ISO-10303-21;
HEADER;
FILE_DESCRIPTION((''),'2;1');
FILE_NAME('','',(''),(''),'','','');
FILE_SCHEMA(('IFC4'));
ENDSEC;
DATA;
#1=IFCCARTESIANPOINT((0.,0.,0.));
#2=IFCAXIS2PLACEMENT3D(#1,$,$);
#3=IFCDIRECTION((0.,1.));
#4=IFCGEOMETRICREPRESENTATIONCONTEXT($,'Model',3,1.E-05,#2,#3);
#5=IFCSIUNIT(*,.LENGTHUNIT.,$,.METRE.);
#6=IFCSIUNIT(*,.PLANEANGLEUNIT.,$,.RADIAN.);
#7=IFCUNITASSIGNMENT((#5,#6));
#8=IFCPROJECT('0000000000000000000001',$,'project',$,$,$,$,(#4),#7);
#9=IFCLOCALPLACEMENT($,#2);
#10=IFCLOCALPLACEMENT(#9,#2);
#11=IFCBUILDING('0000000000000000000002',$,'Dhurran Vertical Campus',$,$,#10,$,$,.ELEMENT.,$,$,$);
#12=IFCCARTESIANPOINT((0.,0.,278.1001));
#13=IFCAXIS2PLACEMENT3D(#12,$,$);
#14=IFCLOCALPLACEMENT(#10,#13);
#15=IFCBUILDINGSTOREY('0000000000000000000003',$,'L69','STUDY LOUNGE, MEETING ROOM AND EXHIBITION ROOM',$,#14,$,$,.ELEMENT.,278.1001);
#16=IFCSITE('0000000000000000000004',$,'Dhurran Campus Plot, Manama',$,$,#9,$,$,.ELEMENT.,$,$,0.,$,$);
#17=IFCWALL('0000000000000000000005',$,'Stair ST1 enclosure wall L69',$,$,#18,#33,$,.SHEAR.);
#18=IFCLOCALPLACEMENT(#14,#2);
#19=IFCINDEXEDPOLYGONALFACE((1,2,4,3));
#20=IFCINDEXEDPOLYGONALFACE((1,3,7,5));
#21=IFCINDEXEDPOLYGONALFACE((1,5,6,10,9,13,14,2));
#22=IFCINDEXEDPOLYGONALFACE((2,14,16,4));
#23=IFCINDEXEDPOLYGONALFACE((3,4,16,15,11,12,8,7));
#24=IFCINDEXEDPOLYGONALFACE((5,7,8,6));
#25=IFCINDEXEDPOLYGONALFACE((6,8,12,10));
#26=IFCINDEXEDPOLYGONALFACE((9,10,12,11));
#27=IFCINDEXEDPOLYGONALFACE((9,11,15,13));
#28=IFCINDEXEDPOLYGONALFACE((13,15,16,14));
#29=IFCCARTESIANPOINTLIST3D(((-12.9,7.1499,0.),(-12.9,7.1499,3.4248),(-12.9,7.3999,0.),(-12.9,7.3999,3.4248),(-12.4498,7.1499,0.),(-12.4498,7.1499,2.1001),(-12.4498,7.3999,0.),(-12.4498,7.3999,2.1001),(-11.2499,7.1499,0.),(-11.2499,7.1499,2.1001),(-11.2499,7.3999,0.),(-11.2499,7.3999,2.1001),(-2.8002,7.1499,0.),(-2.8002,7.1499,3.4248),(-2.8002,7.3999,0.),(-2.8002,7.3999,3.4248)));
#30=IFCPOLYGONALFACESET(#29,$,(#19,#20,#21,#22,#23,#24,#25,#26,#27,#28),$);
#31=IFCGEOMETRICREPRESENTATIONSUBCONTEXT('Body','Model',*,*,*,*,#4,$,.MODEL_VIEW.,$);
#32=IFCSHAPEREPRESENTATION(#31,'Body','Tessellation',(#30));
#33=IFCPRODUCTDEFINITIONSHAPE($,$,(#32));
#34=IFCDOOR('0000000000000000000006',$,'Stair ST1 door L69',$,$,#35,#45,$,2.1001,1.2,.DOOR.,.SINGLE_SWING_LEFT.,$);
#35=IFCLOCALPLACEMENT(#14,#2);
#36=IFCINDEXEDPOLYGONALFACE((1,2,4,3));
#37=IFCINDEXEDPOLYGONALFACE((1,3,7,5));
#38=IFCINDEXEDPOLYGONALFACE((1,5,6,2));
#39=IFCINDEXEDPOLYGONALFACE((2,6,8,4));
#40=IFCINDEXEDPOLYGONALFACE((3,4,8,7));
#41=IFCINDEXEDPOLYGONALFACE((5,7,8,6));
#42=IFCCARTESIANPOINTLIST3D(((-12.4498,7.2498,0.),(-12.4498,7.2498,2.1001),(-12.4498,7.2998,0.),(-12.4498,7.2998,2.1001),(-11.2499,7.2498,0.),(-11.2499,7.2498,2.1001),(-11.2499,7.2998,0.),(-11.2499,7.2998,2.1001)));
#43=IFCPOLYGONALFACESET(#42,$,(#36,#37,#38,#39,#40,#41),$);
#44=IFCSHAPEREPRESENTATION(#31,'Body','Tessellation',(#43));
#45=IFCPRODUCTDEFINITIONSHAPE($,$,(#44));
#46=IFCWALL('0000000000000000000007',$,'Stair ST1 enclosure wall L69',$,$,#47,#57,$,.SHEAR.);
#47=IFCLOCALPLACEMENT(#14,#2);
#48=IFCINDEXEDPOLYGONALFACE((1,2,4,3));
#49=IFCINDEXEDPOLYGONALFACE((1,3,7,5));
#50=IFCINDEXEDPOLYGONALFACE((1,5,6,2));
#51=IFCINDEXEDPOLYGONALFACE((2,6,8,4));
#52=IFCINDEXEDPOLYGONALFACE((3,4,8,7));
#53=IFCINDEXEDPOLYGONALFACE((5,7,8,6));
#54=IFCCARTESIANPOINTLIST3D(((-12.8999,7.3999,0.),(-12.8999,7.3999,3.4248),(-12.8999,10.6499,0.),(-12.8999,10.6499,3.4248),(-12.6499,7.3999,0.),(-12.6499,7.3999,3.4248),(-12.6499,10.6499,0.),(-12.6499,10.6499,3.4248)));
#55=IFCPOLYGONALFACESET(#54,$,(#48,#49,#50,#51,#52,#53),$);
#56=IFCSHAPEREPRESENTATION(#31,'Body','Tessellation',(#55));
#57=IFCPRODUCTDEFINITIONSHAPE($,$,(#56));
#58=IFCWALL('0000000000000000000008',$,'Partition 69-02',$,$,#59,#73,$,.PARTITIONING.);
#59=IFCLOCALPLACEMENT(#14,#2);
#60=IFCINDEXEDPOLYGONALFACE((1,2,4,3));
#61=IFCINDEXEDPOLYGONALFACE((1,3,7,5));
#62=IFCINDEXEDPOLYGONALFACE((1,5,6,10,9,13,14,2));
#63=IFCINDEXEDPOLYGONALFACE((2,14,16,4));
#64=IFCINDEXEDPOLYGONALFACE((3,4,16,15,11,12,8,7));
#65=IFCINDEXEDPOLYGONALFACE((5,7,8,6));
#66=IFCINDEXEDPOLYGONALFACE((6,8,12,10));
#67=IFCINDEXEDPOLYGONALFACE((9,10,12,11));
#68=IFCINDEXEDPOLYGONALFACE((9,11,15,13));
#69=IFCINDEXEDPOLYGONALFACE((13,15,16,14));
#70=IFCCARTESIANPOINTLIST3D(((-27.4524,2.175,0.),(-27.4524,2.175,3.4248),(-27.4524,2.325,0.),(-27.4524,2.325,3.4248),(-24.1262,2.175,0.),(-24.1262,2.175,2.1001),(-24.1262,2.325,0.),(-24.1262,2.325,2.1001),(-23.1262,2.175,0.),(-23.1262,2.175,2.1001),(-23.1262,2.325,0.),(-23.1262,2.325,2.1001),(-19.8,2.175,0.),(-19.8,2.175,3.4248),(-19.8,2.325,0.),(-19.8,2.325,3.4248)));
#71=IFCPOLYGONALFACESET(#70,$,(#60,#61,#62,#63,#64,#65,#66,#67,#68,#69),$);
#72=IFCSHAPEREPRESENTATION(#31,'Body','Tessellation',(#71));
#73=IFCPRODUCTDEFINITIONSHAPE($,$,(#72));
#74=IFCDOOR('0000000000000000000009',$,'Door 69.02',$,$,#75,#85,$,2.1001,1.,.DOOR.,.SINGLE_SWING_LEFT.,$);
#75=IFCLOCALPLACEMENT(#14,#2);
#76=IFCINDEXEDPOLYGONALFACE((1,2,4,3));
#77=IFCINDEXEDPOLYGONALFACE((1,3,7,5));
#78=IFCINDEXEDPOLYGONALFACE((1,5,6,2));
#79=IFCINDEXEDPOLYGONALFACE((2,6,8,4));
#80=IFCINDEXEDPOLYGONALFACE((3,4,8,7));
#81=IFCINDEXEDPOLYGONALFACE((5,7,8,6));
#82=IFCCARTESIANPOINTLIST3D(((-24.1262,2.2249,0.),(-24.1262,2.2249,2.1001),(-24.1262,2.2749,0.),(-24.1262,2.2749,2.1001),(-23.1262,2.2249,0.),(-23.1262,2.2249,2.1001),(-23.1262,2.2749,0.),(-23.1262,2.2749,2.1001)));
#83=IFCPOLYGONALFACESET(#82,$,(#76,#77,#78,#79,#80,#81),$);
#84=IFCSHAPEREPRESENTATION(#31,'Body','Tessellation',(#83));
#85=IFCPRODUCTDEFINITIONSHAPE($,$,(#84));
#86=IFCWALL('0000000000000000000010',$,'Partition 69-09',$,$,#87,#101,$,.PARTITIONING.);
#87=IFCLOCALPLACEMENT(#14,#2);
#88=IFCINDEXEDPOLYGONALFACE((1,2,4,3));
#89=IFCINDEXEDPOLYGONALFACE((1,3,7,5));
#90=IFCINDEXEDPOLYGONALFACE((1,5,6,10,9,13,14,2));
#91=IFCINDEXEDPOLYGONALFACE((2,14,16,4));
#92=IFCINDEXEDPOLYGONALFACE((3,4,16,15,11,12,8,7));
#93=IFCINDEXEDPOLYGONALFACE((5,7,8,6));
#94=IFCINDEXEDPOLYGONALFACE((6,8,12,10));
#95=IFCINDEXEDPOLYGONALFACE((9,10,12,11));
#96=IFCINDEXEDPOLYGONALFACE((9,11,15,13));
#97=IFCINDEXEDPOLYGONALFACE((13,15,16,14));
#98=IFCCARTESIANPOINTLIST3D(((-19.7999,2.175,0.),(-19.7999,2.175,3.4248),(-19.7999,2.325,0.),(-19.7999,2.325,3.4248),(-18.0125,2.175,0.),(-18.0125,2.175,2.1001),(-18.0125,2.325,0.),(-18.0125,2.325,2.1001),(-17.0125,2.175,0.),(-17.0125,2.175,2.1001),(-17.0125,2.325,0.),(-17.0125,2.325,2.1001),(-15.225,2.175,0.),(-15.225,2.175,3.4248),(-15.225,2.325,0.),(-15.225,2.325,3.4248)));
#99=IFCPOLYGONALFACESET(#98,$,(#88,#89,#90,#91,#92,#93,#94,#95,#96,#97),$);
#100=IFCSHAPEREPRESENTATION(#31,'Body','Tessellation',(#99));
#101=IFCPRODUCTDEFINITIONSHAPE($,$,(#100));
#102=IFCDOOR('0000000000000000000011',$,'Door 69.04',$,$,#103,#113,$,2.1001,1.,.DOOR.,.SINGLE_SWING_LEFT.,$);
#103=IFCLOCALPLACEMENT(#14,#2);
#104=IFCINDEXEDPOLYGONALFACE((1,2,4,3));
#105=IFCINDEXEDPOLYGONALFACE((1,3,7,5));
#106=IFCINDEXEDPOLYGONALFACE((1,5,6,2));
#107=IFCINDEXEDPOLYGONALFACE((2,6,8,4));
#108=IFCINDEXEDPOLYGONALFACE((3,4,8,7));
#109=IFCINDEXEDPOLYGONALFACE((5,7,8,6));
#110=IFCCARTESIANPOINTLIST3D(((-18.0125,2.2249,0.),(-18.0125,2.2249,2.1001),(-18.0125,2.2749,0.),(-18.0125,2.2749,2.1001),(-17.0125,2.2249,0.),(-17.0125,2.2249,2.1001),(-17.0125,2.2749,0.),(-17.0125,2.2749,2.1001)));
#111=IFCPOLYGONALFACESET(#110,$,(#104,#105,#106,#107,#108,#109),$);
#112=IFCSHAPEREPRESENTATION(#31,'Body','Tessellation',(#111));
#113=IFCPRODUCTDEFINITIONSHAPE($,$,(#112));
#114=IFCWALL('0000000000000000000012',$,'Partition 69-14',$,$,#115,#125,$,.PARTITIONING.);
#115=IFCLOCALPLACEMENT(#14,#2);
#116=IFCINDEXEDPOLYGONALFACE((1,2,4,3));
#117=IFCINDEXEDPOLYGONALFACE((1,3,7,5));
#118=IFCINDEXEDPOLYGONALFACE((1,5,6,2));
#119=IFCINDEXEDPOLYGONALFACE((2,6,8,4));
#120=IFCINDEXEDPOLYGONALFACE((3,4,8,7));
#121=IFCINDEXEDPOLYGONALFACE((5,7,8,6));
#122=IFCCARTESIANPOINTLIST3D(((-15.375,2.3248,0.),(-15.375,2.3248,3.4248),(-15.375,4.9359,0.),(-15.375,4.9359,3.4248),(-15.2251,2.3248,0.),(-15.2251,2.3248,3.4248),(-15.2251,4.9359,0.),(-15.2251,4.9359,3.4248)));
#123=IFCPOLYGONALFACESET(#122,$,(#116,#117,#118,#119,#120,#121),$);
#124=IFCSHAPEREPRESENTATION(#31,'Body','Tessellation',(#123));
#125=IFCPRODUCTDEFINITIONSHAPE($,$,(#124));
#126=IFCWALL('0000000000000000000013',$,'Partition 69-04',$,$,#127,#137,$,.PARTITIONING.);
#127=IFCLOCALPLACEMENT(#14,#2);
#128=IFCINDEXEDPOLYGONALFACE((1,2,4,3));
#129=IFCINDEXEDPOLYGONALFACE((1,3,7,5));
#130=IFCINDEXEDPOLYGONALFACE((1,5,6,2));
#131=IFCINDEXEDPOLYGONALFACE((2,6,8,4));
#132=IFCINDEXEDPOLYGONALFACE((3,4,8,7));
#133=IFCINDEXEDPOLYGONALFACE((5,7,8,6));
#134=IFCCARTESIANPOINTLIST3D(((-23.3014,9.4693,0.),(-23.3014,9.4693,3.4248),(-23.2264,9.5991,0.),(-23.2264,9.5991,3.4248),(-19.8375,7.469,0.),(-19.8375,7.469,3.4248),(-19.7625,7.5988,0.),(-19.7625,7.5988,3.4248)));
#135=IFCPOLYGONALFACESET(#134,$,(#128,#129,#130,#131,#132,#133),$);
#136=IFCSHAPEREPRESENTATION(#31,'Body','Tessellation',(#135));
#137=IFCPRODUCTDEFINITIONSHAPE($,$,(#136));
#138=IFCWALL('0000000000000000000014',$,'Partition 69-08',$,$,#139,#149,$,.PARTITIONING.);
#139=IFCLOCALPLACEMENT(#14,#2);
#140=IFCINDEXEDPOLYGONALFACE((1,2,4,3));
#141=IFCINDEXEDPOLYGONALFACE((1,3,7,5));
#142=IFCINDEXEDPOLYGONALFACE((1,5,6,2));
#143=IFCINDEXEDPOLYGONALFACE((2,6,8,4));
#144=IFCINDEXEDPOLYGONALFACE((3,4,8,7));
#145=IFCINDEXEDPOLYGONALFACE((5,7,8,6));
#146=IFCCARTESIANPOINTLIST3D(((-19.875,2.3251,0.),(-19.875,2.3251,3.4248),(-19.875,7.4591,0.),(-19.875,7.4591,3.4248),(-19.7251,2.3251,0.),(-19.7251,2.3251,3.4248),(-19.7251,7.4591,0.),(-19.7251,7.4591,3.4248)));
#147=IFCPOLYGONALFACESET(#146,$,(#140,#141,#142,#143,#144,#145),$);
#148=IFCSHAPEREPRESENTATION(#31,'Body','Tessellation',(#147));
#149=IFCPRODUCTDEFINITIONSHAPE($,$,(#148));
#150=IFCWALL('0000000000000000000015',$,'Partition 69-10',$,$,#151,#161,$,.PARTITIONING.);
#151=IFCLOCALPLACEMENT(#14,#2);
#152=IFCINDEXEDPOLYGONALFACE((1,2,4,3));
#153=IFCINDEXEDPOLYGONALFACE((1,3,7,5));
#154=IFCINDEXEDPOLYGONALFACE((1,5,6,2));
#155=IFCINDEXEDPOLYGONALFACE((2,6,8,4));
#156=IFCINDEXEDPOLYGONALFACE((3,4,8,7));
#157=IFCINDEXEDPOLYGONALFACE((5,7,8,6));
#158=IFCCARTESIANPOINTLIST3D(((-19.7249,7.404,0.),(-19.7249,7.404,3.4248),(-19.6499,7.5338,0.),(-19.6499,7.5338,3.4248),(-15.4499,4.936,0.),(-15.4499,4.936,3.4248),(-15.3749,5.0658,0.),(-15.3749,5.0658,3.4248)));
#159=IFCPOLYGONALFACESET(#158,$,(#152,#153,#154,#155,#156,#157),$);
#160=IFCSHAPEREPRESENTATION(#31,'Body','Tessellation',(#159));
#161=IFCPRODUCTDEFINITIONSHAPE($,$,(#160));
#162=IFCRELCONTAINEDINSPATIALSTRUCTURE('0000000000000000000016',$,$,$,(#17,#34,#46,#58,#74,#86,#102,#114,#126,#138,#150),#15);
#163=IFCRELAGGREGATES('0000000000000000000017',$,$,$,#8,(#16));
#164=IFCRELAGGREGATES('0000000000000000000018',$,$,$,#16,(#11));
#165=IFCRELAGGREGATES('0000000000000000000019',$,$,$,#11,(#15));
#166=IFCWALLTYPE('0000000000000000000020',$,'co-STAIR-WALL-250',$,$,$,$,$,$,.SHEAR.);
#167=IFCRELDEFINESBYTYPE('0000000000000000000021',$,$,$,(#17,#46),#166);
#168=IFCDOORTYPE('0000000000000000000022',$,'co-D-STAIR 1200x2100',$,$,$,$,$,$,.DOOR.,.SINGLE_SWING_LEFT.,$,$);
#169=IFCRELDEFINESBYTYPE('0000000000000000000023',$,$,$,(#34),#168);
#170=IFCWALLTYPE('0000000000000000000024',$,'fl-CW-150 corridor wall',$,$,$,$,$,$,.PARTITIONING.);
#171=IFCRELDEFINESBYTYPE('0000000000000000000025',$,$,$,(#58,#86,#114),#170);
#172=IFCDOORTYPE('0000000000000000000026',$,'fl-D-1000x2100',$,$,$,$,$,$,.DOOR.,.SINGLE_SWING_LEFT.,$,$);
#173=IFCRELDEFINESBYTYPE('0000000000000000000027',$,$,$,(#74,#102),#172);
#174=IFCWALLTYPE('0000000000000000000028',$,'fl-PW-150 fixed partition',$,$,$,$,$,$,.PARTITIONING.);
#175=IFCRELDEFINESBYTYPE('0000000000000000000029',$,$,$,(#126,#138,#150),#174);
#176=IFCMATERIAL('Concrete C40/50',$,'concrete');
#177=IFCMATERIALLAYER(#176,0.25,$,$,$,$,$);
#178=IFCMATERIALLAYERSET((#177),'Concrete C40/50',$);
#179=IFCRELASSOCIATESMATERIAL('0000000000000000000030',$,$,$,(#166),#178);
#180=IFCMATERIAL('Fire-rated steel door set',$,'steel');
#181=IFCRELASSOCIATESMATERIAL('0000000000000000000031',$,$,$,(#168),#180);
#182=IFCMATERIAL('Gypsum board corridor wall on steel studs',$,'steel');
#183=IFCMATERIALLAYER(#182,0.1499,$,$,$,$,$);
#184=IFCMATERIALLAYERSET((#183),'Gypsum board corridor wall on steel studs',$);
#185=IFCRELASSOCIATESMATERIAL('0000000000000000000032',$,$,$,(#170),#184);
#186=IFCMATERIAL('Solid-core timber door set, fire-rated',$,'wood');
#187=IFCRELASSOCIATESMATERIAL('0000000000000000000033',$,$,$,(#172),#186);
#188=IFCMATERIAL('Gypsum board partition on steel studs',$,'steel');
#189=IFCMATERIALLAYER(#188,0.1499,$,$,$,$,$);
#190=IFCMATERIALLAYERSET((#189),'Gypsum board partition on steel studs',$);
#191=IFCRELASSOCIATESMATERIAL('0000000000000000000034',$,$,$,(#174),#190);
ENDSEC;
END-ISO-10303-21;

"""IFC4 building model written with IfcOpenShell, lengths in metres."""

from ifc_helpers import new_model, si_unit, direction, frame, frame_2d, origin, place, context, subcontext, project, spatial, rectangle, extrude, material, layer, layer_set, type_object, element, fill, save


model = new_model("IFC4")

# Units and contexts
model_context = context("Model", 3, precision=1e-05, world=origin(), true_north=direction((0.0, 1.0)))
body_context = subcontext(model_context, "Body", "Model", "MODEL_VIEW")
ifc_project = project(units=[si_unit("LENGTHUNIT", "METRE"), si_unit("PLANEANGLEUNIT", "RADIAN")], contexts=[model_context])

# Site, building, storey
site_placement = place(None, origin())
site = spatial("IfcSite", under=ifc_project, at=site_placement, Name="Dhurran Campus Plot, Manama", CompositionType="ELEMENT", RefElevation=0.0)
building_placement = place(site_placement, origin())
building = spatial("IfcBuilding", under=site, at=building_placement, Name="Dhurran Vertical Campus", CompositionType="ELEMENT")
storey_placement = place(building_placement, frame((0.0, 0.0, 278.1001)))
storey = spatial("IfcBuildingStorey", under=building, at=storey_placement, Name="L69", Description="STUDY LOUNGE, MEETING ROOM AND EXHIBITION ROOM", CompositionType="ELEMENT", Elevation=278.1001)

# Wall, opening, door
ifc_material_1 = material(Name="Concrete C40/50", Category="concrete")
ifc_layer_1 = layer(ifc_material_1, 0.25)
ifc_layer_set_1 = layer_set([ifc_layer_1], Name="Concrete C40/50")
wall_type_1 = type_object("IfcWallType", Name="co-STAIR-WALL-250", PredefinedType="SHEAR", material=ifc_layer_set_1)
wall_1_placement = place(storey_placement, frame((-12.8999, 7.2749, 0.0), z_axis=(0.0, 0.0, 1.0), x_axis=(1.0, 0.0, 0.0)))
wall_1 = element("IfcWall", 1, at=wall_1_placement, inside=storey, type_object=wall_type_1, Name="Stair ST1 enclosure wall L69", PredefinedType="SHEAR", context=body_context, shape_type="SweptSolid", body=[
    extrude(rectangle(XDim=10.0999, YDim=0.25, at=frame_2d((5.0498, 0.0))), origin(), (0.0, 0.0, 1.0), 3.4248),
])
opening_1_placement = place(wall_1_placement, frame((0.45, 0.0, 0.0)))
opening_1 = element("IfcOpeningElement", 2, at=opening_1_placement, cuts=wall_1, PredefinedType="OPENING", context=body_context, shape_type="SweptSolid", body=[
    extrude(rectangle(XDim=1.2, YDim=2.1001, at=frame_2d((0.6001, 1.05))), frame((0.0, 0.135, 0.0), z_axis=(0.0, -1.0, 0.0), x_axis=(1.0, 0.0, 0.0)), (0.0, 0.0, 1.0), 0.27),
])
ifc_material_2 = material(Name="Fire-rated steel door set", Category="steel")
door_type_1 = type_object("IfcDoorType", Name="co-D-STAIR 1200x2100", OperationType="SINGLE_SWING_LEFT", PredefinedType="DOOR", material=ifc_material_2)
door_1_placement = place(opening_1_placement, origin())
door_1 = element("IfcDoor", 3, at=door_1_placement, inside=storey, type_object=door_type_1, Name="Stair ST1 door L69", OperationType="SINGLE_SWING_LEFT", OverallHeight=2.1001, OverallWidth=1.2, PredefinedType="DOOR", context=body_context, shape_type="SweptSolid", body=[
    extrude(rectangle(XDim=1.2, YDim=2.1001, at=frame_2d((0.6001, 1.05))), frame((0.0, 0.0249, 0.0), z_axis=(0.0, -1.0, 0.0), x_axis=(1.0, 0.0, 0.0)), (0.0, 0.0, 1.0), 0.05),
])
fill(opening_1, door_1)

# Wall
wall_2_placement = place(storey_placement, frame((-12.7749, 7.3999, 0.0), z_axis=(0.0, 0.0, 1.0), x_axis=(0.0, 1.0, 0.0)))
element("IfcWall", 4, at=wall_2_placement, inside=storey, type_object=wall_type_1, Name="Stair ST1 enclosure wall L69", PredefinedType="SHEAR", context=body_context, shape_type="SweptSolid", body=[
    extrude(rectangle(XDim=3.25, YDim=0.25, at=frame_2d((1.625, 0.0))), origin(), (0.0, 0.0, 1.0), 3.4248),
])

# Walls, openings, doors
ifc_material_3 = material(Name="Gypsum board corridor wall on steel studs", Category="steel")
ifc_layer_2 = layer(ifc_material_3, 0.1499)
ifc_layer_set_2 = layer_set([ifc_layer_2], Name="Gypsum board corridor wall on steel studs")
wall_type_2 = type_object("IfcWallType", Name="fl-CW-150 corridor wall", PredefinedType="PARTITIONING", material=ifc_layer_set_2)
wall_3_placement = place(storey_placement, frame((-27.4524, 2.25, 0.0), z_axis=(0.0, 0.0, 1.0), x_axis=(1.0, 0.0, 0.0)))
wall_3 = element("IfcWall", 5, at=wall_3_placement, inside=storey, type_object=wall_type_2, Name="Partition 69-02", PredefinedType="PARTITIONING", context=body_context, shape_type="SweptSolid", body=[
    extrude(rectangle(XDim=7.6523, YDim=0.1499, at=frame_2d((3.8262, 0.0))), origin(), (0.0, 0.0, 1.0), 3.4248),
])
opening_2_placement = place(wall_3_placement, frame((3.3262, 0.0, 0.0)))
opening_2 = element("IfcOpeningElement", 6, at=opening_2_placement, cuts=wall_3, PredefinedType="OPENING", context=body_context, shape_type="SweptSolid", body=[
    extrude(rectangle(XDim=1.0, YDim=2.1001, at=frame_2d((0.5, 1.05))), frame((0.0, 0.085, 0.0), z_axis=(0.0, -1.0, 0.0), x_axis=(1.0, 0.0, 0.0)), (0.0, 0.0, 1.0), 0.1699),
])
ifc_material_4 = material(Name="Solid-core timber door set, fire-rated", Category="wood")
door_type_2 = type_object("IfcDoorType", Name="fl-D-1000x2100", OperationType="SINGLE_SWING_LEFT", PredefinedType="DOOR", material=ifc_material_4)
door_2_placement = place(opening_2_placement, origin())
door_2 = element("IfcDoor", 7, at=door_2_placement, inside=storey, type_object=door_type_2, Name="Door 69.02", OperationType="SINGLE_SWING_LEFT", OverallHeight=2.1001, OverallWidth=1.0, PredefinedType="DOOR", context=body_context, shape_type="SweptSolid", body=[
    extrude(rectangle(XDim=1.0, YDim=2.1001, at=frame_2d((0.5, 1.05))), frame((0.0, 0.0249, 0.0), z_axis=(0.0, -1.0, 0.0), x_axis=(1.0, 0.0, 0.0)), (0.0, 0.0, 1.0), 0.05),
])
fill(opening_2, door_2)
wall_4_placement = place(storey_placement, frame((-19.8, 2.25, 0.0), z_axis=(0.0, 0.0, 1.0), x_axis=(1.0, 0.0, 0.0)))
wall_4 = element("IfcWall", 8, at=wall_4_placement, inside=storey, type_object=wall_type_2, Name="Partition 69-09", PredefinedType="PARTITIONING", context=body_context, shape_type="SweptSolid", body=[
    extrude(rectangle(XDim=4.575, YDim=0.1499, at=frame_2d((2.2876, 0.0))), origin(), (0.0, 0.0, 1.0), 3.4248),
])
opening_3_placement = place(wall_4_placement, frame((1.7876, 0.0, 0.0)))
opening_3 = element("IfcOpeningElement", 9, at=opening_3_placement, cuts=wall_4, PredefinedType="OPENING", context=body_context, shape_type="SweptSolid", body=[
    extrude(rectangle(XDim=1.0, YDim=2.1001, at=frame_2d((0.5, 1.05))), frame((0.0, 0.085, 0.0), z_axis=(0.0, -1.0, 0.0), x_axis=(1.0, 0.0, 0.0)), (0.0, 0.0, 1.0), 0.1699),
])
door_3_placement = place(opening_3_placement, origin())
door_3 = element("IfcDoor", 10, at=door_3_placement, inside=storey, type_object=door_type_2, Name="Door 69.04", OperationType="SINGLE_SWING_LEFT", OverallHeight=2.1001, OverallWidth=1.0, PredefinedType="DOOR", context=body_context, shape_type="SweptSolid", body=[
    extrude(rectangle(XDim=1.0, YDim=2.1001, at=frame_2d((0.5, 1.05))), frame((0.0, 0.0249, 0.0), z_axis=(0.0, -1.0, 0.0), x_axis=(1.0, 0.0, 0.0)), (0.0, 0.0, 1.0), 0.05),
])
fill(opening_3, door_3)

# Walls
wall_5_placement = place(storey_placement, frame((-15.3, 4.936, 0.0), z_axis=(0.0, 0.0, 1.0), x_axis=(0.0, -1.0, 0.0)))
element("IfcWall", 11, at=wall_5_placement, inside=storey, type_object=wall_type_2, Name="Partition 69-14", PredefinedType="PARTITIONING", context=body_context, shape_type="SweptSolid", body=[
    extrude(rectangle(XDim=2.6111, YDim=0.1499, at=frame_2d((1.3057, 0.0))), origin(), (0.0, 0.0, 1.0), 3.4248),
])
ifc_material_5 = material(Name="Gypsum board partition on steel studs", Category="steel")
ifc_layer_3 = layer(ifc_material_5, 0.1499)
ifc_layer_set_3 = layer_set([ifc_layer_3], Name="Gypsum board partition on steel studs")
wall_type_3 = type_object("IfcWallType", Name="fl-PW-150 fixed partition", PredefinedType="PARTITIONING", material=ifc_layer_set_3)
wall_6_placement = place(storey_placement, frame((-23.2639, 9.5342, 0.0), z_axis=(0.0, 0.0, 1.0), x_axis=(0.865984, -0.500071, 0.0)))
element("IfcWall", 12, at=wall_6_placement, inside=storey, type_object=wall_type_3, Name="Partition 69-04", PredefinedType="PARTITIONING", context=body_context, shape_type="SweptSolid", body=[
    extrude(rectangle(XDim=4.0, YDim=0.1499, at=frame_2d((2.0, 0.0))), origin(), (0.0, 0.0, 1.0), 3.4248),
])
wall_7_placement = place(storey_placement, frame((-19.8, 7.459, 0.0), z_axis=(0.0, 0.0, 1.0), x_axis=(0.0, -1.0, 0.0)))
element("IfcWall", 13, at=wall_7_placement, inside=storey, type_object=wall_type_3, Name="Partition 69-08", PredefinedType="PARTITIONING", context=body_context, shape_type="SweptSolid", body=[
    extrude(rectangle(XDim=5.134, YDim=0.1499, at=frame_2d((2.5669, 0.0))), origin(), (0.0, 0.0, 1.0), 3.4248),
])
wall_8_placement = place(storey_placement, frame((-19.6875, 7.469, 0.0), z_axis=(0.0, 0.0, 1.0), x_axis=(0.866034, -0.499985, 0.0)))
element("IfcWall", 14, at=wall_8_placement, inside=storey, type_object=wall_type_3, Name="Partition 69-10", PredefinedType="PARTITIONING", context=body_context, shape_type="SweptSolid", body=[
    extrude(rectangle(XDim=4.9363, YDim=0.1499, at=frame_2d((2.4683, 0.0))), origin(), (0.0, 0.0, 1.0), 3.4248),
])

save(model, "model.ifc")
